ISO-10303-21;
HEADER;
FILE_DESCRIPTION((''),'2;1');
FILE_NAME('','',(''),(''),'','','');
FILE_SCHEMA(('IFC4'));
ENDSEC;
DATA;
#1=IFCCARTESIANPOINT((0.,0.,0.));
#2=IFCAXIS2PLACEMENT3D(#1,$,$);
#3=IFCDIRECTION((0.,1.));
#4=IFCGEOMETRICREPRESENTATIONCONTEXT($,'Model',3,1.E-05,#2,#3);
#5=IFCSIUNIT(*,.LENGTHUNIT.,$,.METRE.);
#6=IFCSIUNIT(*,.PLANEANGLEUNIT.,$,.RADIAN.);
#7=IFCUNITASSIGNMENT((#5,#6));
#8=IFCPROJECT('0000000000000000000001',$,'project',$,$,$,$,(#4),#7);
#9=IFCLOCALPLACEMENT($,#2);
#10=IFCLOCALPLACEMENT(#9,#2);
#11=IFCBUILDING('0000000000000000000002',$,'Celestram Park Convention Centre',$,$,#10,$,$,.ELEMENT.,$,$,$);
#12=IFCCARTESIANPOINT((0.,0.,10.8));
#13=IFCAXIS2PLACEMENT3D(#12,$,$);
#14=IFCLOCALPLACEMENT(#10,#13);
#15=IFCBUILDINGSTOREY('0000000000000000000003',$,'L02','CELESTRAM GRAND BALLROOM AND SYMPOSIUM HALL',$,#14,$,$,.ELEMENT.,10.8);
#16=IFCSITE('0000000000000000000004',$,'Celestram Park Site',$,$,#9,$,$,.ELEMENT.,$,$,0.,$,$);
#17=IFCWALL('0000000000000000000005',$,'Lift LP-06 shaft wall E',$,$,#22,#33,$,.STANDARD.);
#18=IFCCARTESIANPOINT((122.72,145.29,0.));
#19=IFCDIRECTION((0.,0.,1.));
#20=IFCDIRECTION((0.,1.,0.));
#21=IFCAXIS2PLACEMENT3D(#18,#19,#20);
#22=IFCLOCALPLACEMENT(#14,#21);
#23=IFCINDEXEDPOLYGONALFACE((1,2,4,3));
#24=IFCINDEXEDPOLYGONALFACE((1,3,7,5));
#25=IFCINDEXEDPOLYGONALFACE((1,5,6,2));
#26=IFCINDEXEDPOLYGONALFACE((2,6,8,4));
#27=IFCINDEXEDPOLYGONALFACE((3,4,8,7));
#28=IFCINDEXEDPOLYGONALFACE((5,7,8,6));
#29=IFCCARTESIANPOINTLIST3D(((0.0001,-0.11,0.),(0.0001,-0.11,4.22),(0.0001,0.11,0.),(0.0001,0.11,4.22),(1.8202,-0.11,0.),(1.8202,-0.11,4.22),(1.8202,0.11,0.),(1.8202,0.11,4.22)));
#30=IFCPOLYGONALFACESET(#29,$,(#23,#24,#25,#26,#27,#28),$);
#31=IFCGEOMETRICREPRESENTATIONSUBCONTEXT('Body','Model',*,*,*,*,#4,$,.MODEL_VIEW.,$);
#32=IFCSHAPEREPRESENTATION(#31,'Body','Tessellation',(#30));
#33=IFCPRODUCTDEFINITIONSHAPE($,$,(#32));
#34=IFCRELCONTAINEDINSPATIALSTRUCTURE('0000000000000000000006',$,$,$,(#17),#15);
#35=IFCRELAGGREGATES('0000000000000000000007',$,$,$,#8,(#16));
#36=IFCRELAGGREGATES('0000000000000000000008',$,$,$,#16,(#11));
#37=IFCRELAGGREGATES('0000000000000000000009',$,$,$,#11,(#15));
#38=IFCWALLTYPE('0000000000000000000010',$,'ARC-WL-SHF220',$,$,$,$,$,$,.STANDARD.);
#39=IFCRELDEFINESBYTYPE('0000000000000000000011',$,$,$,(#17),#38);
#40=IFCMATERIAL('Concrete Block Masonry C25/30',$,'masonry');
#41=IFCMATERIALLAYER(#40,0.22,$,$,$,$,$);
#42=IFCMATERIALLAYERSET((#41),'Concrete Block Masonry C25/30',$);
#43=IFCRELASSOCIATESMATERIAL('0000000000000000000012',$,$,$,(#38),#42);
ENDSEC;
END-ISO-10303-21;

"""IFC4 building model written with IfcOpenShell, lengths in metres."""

from ifc_helpers import new_model, si_unit, direction, frame, frame_2d, origin, place, context, subcontext, project, spatial, rectangle, extrude, material, layer, layer_set, type_object, element, save


model = new_model("IFC4")

# Units and contexts
model_context = context("Model", 3, precision=1e-05, world=origin(), true_north=direction((0.0, 1.0)))
body_context = subcontext(model_context, "Body", "Model", "MODEL_VIEW")
ifc_project = project(units=[si_unit("LENGTHUNIT", "METRE"), si_unit("PLANEANGLEUNIT", "RADIAN")], contexts=[model_context])

# Site, building, storey
site_placement = place(None, origin())
site = spatial("IfcSite", under=ifc_project, at=site_placement, Name="Celestram Park Site", CompositionType="ELEMENT", RefElevation=0.0)
building_placement = place(site_placement, origin())
building = spatial("IfcBuilding", under=site, at=building_placement, Name="Celestram Park Convention Centre", CompositionType="ELEMENT")
storey_placement = place(building_placement, frame((0.0, 0.0, 10.8)))
storey = spatial("IfcBuildingStorey", under=building, at=storey_placement, Name="L02", Description="CELESTRAM GRAND BALLROOM AND SYMPOSIUM HALL", CompositionType="ELEMENT", Elevation=10.8)

# Shared definitions
ifc_material_1 = material(Name="Concrete Block Masonry C25/30", Category="masonry")
ifc_layer_1 = layer(ifc_material_1, 0.22)
ifc_layer_set_1 = layer_set([ifc_layer_1], Name="Concrete Block Masonry C25/30")
wall_type_1 = type_object("IfcWallType", Name="ARC-WL-SHF220", PredefinedType="STANDARD", material=ifc_layer_set_1)

# Wall
for number, where, z_axis, x_axis, name in (
    (1, (122.72, 145.29, 0.0), (0.0, 0.0, 1.0), (0.0, 1.0, 0.0), "Lift LP-06 shaft wall E"),
):
    element("IfcWall", number, at=place(storey_placement, frame(where, z_axis=z_axis, x_axis=x_axis)), inside=storey, type_object=wall_type_1, Name=name, PredefinedType="STANDARD", context=body_context, shape_type="SweptSolid", body=[
        extrude(rectangle(XDim=1.8201, YDim=0.22, at=frame_2d((0.9102, 0.0))), origin(), (0.0, 0.0, 1.0), 4.22),
    ])

save(model, "model.ifc")
